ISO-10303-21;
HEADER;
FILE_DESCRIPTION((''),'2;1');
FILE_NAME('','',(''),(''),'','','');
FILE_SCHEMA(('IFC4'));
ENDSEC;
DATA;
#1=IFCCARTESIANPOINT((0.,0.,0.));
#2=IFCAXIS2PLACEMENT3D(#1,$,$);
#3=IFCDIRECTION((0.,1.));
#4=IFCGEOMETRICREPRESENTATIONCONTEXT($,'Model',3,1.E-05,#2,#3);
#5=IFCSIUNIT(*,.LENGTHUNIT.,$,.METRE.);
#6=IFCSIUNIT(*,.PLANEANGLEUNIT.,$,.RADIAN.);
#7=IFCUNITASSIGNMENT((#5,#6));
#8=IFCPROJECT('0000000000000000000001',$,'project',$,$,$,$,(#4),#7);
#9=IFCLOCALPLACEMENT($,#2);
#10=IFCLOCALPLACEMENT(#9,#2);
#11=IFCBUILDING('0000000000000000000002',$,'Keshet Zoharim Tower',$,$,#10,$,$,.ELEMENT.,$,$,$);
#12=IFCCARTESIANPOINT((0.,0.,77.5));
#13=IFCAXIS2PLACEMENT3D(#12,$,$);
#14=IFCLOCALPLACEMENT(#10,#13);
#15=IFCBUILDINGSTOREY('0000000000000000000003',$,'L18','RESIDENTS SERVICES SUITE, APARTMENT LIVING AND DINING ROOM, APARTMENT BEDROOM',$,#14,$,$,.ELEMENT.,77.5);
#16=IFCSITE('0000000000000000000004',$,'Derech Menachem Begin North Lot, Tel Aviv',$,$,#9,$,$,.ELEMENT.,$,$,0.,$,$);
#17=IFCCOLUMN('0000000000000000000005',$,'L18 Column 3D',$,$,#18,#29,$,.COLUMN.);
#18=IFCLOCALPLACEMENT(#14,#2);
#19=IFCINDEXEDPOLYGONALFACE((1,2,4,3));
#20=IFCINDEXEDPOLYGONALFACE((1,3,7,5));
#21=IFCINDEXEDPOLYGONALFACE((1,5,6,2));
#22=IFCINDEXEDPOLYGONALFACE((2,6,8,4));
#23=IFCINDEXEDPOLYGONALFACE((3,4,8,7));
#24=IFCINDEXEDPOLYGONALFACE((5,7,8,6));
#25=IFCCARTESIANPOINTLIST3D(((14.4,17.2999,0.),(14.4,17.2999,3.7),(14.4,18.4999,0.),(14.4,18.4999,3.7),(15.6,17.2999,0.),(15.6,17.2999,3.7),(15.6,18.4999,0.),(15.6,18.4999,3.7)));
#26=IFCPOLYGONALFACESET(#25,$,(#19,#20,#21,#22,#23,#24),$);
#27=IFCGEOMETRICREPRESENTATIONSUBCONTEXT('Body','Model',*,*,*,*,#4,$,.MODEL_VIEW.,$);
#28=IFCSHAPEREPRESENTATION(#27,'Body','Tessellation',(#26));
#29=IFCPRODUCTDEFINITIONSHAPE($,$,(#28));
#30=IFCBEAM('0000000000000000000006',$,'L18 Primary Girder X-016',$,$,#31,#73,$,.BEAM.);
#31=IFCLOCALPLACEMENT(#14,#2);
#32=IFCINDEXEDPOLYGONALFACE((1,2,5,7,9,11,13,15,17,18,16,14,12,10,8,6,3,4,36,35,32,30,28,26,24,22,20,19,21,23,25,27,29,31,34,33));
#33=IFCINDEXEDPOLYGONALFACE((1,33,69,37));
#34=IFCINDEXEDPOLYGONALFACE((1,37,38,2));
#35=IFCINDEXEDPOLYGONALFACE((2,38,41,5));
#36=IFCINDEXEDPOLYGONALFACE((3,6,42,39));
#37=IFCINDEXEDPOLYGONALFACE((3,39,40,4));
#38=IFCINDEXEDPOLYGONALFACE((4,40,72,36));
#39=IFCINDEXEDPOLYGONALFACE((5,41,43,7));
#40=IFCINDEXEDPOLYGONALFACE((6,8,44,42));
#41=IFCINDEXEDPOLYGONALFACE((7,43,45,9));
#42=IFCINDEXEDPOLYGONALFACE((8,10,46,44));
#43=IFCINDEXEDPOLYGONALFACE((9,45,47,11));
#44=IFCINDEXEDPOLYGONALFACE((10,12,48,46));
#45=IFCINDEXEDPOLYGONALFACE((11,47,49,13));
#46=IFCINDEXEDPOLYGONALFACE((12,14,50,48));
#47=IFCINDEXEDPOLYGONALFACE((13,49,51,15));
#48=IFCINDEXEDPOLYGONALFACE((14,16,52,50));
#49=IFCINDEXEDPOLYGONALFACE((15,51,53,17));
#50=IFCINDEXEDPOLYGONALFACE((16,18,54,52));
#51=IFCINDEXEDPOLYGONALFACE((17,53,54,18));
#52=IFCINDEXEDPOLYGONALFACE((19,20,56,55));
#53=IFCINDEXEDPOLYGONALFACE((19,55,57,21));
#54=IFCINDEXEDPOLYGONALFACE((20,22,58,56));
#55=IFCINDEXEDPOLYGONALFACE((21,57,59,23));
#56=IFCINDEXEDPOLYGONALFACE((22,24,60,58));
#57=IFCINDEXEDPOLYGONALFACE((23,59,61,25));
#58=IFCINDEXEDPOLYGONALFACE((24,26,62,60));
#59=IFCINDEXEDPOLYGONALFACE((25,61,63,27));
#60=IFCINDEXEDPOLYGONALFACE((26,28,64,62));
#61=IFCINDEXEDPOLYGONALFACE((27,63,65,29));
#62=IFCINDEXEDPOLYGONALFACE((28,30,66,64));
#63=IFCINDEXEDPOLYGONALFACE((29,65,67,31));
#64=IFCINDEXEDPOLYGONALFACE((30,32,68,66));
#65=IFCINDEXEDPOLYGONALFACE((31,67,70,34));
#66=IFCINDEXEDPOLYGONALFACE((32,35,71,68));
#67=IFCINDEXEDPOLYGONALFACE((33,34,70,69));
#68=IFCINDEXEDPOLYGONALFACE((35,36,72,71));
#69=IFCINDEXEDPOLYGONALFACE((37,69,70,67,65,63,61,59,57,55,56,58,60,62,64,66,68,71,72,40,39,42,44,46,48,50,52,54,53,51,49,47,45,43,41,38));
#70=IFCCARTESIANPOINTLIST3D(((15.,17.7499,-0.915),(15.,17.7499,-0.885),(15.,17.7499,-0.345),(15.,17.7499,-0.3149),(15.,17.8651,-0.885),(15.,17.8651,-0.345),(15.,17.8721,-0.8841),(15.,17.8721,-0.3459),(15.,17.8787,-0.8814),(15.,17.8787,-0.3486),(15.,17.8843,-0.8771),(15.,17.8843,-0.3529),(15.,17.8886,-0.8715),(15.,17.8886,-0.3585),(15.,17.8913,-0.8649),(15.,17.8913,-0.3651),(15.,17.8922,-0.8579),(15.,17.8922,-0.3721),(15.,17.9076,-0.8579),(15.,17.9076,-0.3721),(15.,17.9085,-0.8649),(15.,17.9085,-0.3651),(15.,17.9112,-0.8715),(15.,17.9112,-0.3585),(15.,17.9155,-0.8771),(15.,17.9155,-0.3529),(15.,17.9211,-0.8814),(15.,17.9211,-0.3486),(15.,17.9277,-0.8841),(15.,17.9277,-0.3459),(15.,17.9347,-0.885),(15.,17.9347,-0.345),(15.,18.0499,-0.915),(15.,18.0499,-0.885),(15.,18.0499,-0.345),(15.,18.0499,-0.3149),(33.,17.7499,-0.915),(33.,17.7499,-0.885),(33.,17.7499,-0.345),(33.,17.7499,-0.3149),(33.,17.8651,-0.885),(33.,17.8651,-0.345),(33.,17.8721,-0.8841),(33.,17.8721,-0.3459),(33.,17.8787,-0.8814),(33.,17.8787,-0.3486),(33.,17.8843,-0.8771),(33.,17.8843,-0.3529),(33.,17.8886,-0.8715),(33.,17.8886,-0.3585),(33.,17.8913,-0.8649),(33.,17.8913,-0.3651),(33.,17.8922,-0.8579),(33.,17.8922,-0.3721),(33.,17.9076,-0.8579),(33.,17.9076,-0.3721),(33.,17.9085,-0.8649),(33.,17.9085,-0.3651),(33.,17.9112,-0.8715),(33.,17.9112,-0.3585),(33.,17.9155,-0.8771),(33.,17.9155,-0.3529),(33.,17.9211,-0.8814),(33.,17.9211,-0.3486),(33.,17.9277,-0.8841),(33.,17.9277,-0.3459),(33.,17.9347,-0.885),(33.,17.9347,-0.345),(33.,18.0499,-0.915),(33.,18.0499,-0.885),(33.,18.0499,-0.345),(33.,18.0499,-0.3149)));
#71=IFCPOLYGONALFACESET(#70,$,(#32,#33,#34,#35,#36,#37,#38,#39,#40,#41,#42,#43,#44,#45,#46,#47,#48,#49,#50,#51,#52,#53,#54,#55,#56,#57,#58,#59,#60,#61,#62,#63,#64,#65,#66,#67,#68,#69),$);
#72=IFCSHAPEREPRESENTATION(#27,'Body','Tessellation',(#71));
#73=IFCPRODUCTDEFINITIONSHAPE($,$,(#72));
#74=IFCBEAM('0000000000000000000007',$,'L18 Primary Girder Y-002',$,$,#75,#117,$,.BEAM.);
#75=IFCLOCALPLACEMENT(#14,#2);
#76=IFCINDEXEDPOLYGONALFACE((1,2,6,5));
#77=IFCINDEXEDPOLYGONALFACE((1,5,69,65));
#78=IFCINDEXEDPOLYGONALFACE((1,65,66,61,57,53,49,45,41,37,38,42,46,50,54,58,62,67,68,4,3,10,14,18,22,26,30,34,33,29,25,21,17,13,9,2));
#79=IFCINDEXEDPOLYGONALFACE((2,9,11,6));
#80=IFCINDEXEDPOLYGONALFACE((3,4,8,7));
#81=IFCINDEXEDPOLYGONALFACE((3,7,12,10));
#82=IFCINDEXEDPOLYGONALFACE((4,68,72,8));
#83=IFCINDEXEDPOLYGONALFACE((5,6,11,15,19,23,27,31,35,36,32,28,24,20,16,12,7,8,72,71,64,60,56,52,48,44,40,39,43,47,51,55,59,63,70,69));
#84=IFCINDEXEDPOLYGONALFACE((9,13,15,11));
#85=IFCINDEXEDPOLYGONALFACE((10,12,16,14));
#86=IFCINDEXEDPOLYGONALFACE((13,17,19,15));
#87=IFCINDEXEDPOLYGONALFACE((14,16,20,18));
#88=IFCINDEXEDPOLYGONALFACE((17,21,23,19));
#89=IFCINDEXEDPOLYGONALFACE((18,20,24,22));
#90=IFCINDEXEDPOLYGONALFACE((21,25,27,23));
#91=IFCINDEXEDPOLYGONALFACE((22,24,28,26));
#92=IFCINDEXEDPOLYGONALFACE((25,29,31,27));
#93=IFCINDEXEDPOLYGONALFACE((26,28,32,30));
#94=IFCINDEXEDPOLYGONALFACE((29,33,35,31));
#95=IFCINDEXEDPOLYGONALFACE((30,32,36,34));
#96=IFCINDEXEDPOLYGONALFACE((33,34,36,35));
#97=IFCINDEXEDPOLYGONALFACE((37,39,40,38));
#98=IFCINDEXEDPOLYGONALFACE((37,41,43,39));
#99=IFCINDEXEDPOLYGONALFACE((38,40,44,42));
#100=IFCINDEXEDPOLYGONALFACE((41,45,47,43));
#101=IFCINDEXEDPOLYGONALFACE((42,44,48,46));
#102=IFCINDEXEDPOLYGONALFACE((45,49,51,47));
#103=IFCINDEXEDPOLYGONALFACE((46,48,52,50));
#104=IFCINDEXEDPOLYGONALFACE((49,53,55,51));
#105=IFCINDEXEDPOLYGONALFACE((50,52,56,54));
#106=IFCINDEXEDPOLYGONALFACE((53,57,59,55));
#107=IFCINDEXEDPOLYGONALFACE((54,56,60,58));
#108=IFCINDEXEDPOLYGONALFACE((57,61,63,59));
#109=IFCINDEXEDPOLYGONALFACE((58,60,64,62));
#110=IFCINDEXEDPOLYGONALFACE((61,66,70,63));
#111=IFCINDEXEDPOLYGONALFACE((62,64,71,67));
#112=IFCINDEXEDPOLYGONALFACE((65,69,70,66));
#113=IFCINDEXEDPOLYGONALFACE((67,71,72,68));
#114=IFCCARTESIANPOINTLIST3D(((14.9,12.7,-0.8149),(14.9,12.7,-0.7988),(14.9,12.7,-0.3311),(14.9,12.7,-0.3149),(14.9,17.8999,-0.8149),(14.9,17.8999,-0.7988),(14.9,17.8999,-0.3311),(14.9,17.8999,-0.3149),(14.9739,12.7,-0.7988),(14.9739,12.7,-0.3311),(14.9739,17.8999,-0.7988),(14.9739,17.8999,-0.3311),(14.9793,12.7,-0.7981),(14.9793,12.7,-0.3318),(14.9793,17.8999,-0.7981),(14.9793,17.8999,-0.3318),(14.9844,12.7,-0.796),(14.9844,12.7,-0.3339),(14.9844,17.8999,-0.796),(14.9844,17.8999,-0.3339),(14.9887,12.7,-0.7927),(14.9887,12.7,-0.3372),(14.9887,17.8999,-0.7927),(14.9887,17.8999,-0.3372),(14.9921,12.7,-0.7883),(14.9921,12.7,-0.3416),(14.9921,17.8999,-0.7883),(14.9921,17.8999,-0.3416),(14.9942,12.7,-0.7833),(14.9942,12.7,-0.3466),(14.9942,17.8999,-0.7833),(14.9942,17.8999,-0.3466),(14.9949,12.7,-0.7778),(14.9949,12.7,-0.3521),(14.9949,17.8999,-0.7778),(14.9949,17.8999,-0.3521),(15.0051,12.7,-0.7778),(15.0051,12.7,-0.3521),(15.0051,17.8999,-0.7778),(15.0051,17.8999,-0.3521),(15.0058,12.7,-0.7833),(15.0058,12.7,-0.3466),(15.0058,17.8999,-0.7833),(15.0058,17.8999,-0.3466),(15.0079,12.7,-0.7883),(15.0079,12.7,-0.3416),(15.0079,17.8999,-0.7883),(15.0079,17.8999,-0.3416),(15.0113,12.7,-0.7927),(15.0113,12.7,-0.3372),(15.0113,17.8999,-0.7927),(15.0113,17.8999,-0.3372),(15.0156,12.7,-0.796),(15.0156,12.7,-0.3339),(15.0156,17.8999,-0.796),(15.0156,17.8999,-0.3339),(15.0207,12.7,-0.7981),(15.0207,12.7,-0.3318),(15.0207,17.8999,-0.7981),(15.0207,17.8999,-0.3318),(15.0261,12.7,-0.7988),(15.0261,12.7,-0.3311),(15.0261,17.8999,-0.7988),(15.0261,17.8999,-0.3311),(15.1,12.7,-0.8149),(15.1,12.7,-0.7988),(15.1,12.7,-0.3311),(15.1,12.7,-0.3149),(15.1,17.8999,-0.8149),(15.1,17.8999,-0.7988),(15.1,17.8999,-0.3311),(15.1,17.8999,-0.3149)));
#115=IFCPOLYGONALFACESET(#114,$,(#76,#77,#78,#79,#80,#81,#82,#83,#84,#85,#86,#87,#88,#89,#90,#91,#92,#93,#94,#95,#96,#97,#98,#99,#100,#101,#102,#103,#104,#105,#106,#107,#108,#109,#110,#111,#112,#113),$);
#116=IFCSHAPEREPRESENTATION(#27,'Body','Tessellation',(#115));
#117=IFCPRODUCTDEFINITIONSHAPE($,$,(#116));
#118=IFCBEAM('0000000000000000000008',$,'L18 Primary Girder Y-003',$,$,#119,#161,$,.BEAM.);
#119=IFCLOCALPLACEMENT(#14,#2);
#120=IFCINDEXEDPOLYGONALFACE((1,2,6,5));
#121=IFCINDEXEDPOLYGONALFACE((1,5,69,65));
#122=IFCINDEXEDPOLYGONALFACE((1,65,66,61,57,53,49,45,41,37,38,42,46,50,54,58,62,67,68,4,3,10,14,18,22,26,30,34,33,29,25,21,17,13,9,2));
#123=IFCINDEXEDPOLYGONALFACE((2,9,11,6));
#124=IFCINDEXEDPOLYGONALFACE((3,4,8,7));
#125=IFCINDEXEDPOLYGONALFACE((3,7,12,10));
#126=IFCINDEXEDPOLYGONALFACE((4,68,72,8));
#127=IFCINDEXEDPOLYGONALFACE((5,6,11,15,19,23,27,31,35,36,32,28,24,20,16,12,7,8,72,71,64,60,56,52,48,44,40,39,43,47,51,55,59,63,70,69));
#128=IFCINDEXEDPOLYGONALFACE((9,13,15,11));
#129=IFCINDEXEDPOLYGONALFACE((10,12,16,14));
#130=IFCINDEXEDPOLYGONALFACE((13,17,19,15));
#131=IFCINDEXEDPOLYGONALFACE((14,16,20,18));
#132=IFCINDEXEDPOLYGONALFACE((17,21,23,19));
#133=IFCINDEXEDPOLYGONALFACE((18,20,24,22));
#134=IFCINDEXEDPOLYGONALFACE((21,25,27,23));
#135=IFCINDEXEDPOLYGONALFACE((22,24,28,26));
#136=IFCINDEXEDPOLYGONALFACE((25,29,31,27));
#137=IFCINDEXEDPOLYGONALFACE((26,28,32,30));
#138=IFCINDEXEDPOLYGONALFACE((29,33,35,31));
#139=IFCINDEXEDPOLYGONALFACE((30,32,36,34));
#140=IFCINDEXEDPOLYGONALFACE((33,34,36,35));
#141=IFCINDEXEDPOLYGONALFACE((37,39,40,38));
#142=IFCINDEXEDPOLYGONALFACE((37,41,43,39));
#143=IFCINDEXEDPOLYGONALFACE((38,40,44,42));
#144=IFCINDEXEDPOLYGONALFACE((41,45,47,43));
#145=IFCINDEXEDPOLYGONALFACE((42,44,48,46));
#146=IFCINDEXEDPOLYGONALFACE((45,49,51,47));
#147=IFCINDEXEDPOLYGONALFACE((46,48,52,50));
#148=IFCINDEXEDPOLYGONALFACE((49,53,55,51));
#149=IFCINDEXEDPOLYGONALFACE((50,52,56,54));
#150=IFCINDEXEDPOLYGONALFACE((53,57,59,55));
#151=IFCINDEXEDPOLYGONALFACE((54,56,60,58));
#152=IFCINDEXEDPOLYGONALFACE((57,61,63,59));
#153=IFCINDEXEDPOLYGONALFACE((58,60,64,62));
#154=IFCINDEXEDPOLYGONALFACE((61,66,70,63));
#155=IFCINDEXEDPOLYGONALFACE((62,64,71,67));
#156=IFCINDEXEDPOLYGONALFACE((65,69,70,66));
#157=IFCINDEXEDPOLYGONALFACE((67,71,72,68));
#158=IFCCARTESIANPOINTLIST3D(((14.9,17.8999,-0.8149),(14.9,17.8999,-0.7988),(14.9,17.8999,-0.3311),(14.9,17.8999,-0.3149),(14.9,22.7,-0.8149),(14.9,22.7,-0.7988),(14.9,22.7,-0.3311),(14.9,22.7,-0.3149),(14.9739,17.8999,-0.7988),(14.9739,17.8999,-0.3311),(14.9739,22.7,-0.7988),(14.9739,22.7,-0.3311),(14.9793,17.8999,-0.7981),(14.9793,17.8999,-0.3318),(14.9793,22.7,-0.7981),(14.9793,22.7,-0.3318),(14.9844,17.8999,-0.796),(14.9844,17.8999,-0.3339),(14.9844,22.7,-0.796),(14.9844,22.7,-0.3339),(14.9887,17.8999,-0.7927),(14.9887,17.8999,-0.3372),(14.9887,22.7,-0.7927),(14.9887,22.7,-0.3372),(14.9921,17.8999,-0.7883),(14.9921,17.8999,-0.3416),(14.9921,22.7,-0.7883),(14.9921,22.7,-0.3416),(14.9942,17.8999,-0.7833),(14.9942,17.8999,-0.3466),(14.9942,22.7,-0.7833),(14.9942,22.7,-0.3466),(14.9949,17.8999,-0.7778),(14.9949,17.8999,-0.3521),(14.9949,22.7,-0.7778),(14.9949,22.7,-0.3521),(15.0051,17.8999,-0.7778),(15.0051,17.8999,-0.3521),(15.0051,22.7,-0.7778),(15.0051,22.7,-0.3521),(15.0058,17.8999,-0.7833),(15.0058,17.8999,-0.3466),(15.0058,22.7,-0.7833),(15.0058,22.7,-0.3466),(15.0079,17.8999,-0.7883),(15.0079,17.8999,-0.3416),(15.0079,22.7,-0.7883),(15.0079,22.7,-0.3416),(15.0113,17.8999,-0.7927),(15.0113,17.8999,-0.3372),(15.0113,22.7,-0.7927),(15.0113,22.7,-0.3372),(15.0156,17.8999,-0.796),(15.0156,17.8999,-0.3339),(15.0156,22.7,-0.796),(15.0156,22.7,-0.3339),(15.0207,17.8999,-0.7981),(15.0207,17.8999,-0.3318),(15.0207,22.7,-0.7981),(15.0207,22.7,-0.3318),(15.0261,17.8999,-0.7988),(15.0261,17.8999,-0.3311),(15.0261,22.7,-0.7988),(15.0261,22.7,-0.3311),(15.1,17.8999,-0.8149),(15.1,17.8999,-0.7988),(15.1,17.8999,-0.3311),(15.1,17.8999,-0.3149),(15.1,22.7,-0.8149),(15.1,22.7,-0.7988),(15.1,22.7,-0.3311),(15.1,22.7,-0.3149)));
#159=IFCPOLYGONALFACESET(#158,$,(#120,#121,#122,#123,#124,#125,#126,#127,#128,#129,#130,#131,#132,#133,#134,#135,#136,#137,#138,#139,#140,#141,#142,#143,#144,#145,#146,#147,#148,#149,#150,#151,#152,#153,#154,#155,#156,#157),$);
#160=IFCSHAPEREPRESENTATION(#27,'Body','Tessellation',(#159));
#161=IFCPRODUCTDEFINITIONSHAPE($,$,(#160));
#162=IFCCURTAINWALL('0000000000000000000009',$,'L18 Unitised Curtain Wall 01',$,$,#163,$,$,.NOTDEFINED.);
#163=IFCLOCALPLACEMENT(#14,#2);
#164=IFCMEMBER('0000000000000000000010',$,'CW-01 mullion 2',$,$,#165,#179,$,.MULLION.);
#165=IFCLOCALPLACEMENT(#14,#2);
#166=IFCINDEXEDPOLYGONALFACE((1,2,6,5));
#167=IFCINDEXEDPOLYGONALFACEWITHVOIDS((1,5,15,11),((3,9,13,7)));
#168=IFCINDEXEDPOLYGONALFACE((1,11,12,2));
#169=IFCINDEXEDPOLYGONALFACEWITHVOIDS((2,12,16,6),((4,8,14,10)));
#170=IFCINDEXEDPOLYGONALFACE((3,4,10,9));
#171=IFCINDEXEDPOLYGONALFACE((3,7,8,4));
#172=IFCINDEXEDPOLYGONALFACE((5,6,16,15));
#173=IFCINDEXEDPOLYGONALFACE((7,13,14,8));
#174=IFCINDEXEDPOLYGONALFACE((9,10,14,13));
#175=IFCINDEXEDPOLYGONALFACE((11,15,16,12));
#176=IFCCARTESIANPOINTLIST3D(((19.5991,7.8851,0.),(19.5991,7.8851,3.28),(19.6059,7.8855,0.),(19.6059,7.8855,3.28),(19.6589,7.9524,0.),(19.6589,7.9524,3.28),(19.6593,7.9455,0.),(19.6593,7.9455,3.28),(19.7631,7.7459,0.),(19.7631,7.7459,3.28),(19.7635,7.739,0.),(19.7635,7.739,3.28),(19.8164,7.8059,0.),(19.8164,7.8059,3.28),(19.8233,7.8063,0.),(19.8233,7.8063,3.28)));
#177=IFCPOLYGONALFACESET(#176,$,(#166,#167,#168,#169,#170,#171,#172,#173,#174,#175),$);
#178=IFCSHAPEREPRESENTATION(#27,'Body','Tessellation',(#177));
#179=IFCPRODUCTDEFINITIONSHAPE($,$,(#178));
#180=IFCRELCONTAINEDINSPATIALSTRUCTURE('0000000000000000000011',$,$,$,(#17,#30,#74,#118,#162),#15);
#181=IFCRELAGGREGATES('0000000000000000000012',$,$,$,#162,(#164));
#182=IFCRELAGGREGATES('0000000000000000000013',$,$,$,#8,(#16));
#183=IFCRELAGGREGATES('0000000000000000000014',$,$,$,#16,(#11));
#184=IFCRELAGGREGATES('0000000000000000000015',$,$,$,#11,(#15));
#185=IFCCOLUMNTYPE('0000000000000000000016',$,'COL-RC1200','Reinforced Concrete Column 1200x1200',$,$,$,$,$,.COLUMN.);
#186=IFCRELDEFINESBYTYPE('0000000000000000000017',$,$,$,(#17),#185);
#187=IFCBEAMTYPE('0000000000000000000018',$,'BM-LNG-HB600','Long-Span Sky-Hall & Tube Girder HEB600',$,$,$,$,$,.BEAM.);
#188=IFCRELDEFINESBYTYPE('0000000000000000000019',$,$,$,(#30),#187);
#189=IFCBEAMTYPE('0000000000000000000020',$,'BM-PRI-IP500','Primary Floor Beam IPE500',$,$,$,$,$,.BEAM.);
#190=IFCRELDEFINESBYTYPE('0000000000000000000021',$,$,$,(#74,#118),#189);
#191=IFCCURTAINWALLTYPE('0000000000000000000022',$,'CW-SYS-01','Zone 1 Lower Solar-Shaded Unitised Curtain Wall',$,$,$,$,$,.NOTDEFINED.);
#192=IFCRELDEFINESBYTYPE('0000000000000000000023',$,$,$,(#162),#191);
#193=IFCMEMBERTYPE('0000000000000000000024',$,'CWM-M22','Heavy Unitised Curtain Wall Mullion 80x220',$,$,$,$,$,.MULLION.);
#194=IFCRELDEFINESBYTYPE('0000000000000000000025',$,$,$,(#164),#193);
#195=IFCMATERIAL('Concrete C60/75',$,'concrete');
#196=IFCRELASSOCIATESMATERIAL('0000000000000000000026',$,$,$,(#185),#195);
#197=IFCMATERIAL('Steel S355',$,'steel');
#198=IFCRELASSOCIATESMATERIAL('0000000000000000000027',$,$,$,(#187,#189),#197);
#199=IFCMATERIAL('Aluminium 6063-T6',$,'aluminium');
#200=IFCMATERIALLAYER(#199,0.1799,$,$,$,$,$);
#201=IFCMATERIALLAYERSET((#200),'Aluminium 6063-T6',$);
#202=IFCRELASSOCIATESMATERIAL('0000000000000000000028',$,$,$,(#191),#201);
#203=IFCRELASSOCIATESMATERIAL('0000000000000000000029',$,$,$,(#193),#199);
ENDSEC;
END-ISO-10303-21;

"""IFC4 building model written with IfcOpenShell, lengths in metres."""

from ifc_helpers import new_model, si_unit, direction, frame, origin, origin_2d, place, context, subcontext, project, spatial, rectangle, hollow_rectangle, i_section, extrude, material, layer, layer_set, material_profile, profile_set, type_object, element, aggregate, save


model = new_model("IFC4")

# Units and contexts
model_context = context("Model", 3, precision=1e-05, world=origin(), true_north=direction((0.0, 1.0)))
body_context = subcontext(model_context, "Body", "Model", "MODEL_VIEW")
ifc_project = project(units=[si_unit("LENGTHUNIT", "METRE"), si_unit("PLANEANGLEUNIT", "RADIAN")], contexts=[model_context])

# Site, building, storey
site_placement = place(None, origin())
site = spatial("IfcSite", under=ifc_project, at=site_placement, Name="Derech Menachem Begin North Lot, Tel Aviv", CompositionType="ELEMENT", RefElevation=0.0)
building_placement = place(site_placement, origin())
building = spatial("IfcBuilding", under=site, at=building_placement, Name="Keshet Zoharim Tower", CompositionType="ELEMENT")
storey_placement = place(building_placement, frame((0.0, 0.0, 77.5)))
storey = spatial("IfcBuildingStorey", under=building, at=storey_placement, Name="L18", Description="RESIDENTS SERVICES SUITE, APARTMENT LIVING AND DINING ROOM, APARTMENT BEDROOM", CompositionType="ELEMENT", Elevation=77.5)

# Column
ifc_material_1 = material(Name="Concrete C60/75", Category="concrete")
ifc_material_profile_1 = material_profile(ifc_material_1, rectangle(XDim=1.2, YDim=1.2, at=origin_2d()), Name="RC1200x1200")
ifc_profile_set_1 = profile_set([ifc_material_profile_1], Name="Concrete C60/75")
column_type = type_object("IfcColumnType", Name="COL-RC1200", Description="Reinforced Concrete Column 1200x1200", PredefinedType="COLUMN", material=ifc_profile_set_1)
column_placement = place(storey_placement, frame((15.0, 17.8999, 0.0), z_axis=(0.0, 0.0, 1.0), x_axis=(1.0, 0.0, 0.0)))
element("IfcColumn", 1, at=column_placement, inside=storey, type_object=column_type, Name="L18 Column 3D", PredefinedType="COLUMN", context=body_context, shape_type="SweptSolid", body=[
    extrude(rectangle(XDim=1.2, YDim=1.2, at=origin_2d()), origin(), (0.0, 0.0, 1.0), 3.7),
])

# Beams
ifc_material_2 = material(Name="Steel S355", Category="steel")
ifc_material_profile_2 = material_profile(ifc_material_2, i_section(OverallWidth=0.3, OverallDepth=0.6001, WebThickness=0.0154, FlangeThickness=0.03, FilletRadius=0.0271, at=origin_2d()), Name="HEB600")
ifc_profile_set_2 = profile_set([ifc_material_profile_2], Name="Steel S355")
beam_type_1 = type_object("IfcBeamType", Name="BM-LNG-HB600", Description="Long-Span Sky-Hall & Tube Girder HEB600", PredefinedType="BEAM", material=ifc_profile_set_2)
beam_1_placement = place(storey_placement, frame((15.0, 17.8999, -0.615), z_axis=(1.0, 0.0, 0.0), x_axis=(0.0, 1.0, 0.0)))
element("IfcBeam", 2, at=beam_1_placement, inside=storey, type_object=beam_type_1, Name="L18 Primary Girder X-016", PredefinedType="BEAM", context=body_context, shape_type="SweptSolid", body=[
    extrude(i_section(OverallWidth=0.3, OverallDepth=0.6001, WebThickness=0.0154, FlangeThickness=0.03, FilletRadius=0.0271, at=origin_2d()), origin(), (0.0, 0.0, 1.0), 18.0),
])
ifc_material_profile_3 = material_profile(ifc_material_2, i_section(OverallWidth=0.2, OverallDepth=0.5, WebThickness=0.0103, FlangeThickness=0.0161, FilletRadius=0.021, at=origin_2d()), Name="IPE500")
ifc_profile_set_3 = profile_set([ifc_material_profile_3], Name="Steel S355")
beam_type_2 = type_object("IfcBeamType", Name="BM-PRI-IP500", Description="Primary Floor Beam IPE500", PredefinedType="BEAM", material=ifc_profile_set_3)
beam_2_placement = place(storey_placement, frame((15.0, 12.7, -0.5649), z_axis=(0.0, 1.0, 0.0), x_axis=(-1.0, 0.0, 0.0)))
element("IfcBeam", 3, at=beam_2_placement, inside=storey, type_object=beam_type_2, Name="L18 Primary Girder Y-002", PredefinedType="BEAM", context=body_context, shape_type="SweptSolid", body=[
    extrude(i_section(OverallWidth=0.2, OverallDepth=0.5, WebThickness=0.0103, FlangeThickness=0.0161, FilletRadius=0.021, at=origin_2d()), origin(), (0.0, 0.0, 1.0), 5.2),
])
beam_3_placement = place(storey_placement, frame((15.0, 17.8999, -0.5649), z_axis=(0.0, 1.0, 0.0), x_axis=(-1.0, 0.0, 0.0)))
element("IfcBeam", 4, at=beam_3_placement, inside=storey, type_object=beam_type_2, Name="L18 Primary Girder Y-003", PredefinedType="BEAM", context=body_context, shape_type="SweptSolid", body=[
    extrude(i_section(OverallWidth=0.2, OverallDepth=0.5, WebThickness=0.0103, FlangeThickness=0.0161, FilletRadius=0.021, at=origin_2d()), origin(), (0.0, 0.0, 1.0), 4.8),
])

# Curtain wall, member
ifc_material_3 = material(Name="Aluminium 6063-T6", Category="aluminium")
ifc_layer_1 = layer(ifc_material_3, 0.1799)
ifc_layer_set_1 = layer_set([ifc_layer_1], Name="Aluminium 6063-T6")
curtain_wall_type = type_object("IfcCurtainWallType", Name="CW-SYS-01", Description="Zone 1 Lower Solar-Shaded Unitised Curtain Wall", PredefinedType="NOTDEFINED", material=ifc_layer_set_1)
curtain_wall_1_placement = place(storey_placement, origin())
curtain_wall_1 = element("IfcCurtainWall", 5, at=curtain_wall_1_placement, inside=storey, type_object=curtain_wall_type, Name="L18 Unitised Curtain Wall 01", PredefinedType="NOTDEFINED")
ifc_material_profile_4 = material_profile(ifc_material_3, hollow_rectangle(XDim=0.0901, YDim=0.22, WallThickness=0.0049, at=origin_2d()), Name="MUL-90x220")
ifc_profile_set_4 = profile_set([ifc_material_profile_4], Name="Aluminium 6063-T6")
member_type_1 = type_object("IfcMemberType", Name="CWM-M22", Description="Heavy Unitised Curtain Wall Mullion 80x220", PredefinedType="MULLION", material=ifc_profile_set_4)
member_1_placement = place(storey_placement, frame((19.7112, 7.8457, 0.0), z_axis=(0.0, 0.0, 1.0), x_axis=(-0.664367, -0.747406, 0.0)))
member_1 = element("IfcMember", 6, at=member_1_placement, type_object=member_type_1, Name="CW-01 mullion 2", PredefinedType="MULLION", context=body_context, shape_type="SweptSolid", body=[
    extrude(hollow_rectangle(XDim=0.0901, YDim=0.22, WallThickness=0.0049, at=origin_2d()), origin(), (0.0, 0.0, 1.0), 3.28),
])

aggregate(curtain_wall_1, [member_1])

save(model, "model.ifc")
